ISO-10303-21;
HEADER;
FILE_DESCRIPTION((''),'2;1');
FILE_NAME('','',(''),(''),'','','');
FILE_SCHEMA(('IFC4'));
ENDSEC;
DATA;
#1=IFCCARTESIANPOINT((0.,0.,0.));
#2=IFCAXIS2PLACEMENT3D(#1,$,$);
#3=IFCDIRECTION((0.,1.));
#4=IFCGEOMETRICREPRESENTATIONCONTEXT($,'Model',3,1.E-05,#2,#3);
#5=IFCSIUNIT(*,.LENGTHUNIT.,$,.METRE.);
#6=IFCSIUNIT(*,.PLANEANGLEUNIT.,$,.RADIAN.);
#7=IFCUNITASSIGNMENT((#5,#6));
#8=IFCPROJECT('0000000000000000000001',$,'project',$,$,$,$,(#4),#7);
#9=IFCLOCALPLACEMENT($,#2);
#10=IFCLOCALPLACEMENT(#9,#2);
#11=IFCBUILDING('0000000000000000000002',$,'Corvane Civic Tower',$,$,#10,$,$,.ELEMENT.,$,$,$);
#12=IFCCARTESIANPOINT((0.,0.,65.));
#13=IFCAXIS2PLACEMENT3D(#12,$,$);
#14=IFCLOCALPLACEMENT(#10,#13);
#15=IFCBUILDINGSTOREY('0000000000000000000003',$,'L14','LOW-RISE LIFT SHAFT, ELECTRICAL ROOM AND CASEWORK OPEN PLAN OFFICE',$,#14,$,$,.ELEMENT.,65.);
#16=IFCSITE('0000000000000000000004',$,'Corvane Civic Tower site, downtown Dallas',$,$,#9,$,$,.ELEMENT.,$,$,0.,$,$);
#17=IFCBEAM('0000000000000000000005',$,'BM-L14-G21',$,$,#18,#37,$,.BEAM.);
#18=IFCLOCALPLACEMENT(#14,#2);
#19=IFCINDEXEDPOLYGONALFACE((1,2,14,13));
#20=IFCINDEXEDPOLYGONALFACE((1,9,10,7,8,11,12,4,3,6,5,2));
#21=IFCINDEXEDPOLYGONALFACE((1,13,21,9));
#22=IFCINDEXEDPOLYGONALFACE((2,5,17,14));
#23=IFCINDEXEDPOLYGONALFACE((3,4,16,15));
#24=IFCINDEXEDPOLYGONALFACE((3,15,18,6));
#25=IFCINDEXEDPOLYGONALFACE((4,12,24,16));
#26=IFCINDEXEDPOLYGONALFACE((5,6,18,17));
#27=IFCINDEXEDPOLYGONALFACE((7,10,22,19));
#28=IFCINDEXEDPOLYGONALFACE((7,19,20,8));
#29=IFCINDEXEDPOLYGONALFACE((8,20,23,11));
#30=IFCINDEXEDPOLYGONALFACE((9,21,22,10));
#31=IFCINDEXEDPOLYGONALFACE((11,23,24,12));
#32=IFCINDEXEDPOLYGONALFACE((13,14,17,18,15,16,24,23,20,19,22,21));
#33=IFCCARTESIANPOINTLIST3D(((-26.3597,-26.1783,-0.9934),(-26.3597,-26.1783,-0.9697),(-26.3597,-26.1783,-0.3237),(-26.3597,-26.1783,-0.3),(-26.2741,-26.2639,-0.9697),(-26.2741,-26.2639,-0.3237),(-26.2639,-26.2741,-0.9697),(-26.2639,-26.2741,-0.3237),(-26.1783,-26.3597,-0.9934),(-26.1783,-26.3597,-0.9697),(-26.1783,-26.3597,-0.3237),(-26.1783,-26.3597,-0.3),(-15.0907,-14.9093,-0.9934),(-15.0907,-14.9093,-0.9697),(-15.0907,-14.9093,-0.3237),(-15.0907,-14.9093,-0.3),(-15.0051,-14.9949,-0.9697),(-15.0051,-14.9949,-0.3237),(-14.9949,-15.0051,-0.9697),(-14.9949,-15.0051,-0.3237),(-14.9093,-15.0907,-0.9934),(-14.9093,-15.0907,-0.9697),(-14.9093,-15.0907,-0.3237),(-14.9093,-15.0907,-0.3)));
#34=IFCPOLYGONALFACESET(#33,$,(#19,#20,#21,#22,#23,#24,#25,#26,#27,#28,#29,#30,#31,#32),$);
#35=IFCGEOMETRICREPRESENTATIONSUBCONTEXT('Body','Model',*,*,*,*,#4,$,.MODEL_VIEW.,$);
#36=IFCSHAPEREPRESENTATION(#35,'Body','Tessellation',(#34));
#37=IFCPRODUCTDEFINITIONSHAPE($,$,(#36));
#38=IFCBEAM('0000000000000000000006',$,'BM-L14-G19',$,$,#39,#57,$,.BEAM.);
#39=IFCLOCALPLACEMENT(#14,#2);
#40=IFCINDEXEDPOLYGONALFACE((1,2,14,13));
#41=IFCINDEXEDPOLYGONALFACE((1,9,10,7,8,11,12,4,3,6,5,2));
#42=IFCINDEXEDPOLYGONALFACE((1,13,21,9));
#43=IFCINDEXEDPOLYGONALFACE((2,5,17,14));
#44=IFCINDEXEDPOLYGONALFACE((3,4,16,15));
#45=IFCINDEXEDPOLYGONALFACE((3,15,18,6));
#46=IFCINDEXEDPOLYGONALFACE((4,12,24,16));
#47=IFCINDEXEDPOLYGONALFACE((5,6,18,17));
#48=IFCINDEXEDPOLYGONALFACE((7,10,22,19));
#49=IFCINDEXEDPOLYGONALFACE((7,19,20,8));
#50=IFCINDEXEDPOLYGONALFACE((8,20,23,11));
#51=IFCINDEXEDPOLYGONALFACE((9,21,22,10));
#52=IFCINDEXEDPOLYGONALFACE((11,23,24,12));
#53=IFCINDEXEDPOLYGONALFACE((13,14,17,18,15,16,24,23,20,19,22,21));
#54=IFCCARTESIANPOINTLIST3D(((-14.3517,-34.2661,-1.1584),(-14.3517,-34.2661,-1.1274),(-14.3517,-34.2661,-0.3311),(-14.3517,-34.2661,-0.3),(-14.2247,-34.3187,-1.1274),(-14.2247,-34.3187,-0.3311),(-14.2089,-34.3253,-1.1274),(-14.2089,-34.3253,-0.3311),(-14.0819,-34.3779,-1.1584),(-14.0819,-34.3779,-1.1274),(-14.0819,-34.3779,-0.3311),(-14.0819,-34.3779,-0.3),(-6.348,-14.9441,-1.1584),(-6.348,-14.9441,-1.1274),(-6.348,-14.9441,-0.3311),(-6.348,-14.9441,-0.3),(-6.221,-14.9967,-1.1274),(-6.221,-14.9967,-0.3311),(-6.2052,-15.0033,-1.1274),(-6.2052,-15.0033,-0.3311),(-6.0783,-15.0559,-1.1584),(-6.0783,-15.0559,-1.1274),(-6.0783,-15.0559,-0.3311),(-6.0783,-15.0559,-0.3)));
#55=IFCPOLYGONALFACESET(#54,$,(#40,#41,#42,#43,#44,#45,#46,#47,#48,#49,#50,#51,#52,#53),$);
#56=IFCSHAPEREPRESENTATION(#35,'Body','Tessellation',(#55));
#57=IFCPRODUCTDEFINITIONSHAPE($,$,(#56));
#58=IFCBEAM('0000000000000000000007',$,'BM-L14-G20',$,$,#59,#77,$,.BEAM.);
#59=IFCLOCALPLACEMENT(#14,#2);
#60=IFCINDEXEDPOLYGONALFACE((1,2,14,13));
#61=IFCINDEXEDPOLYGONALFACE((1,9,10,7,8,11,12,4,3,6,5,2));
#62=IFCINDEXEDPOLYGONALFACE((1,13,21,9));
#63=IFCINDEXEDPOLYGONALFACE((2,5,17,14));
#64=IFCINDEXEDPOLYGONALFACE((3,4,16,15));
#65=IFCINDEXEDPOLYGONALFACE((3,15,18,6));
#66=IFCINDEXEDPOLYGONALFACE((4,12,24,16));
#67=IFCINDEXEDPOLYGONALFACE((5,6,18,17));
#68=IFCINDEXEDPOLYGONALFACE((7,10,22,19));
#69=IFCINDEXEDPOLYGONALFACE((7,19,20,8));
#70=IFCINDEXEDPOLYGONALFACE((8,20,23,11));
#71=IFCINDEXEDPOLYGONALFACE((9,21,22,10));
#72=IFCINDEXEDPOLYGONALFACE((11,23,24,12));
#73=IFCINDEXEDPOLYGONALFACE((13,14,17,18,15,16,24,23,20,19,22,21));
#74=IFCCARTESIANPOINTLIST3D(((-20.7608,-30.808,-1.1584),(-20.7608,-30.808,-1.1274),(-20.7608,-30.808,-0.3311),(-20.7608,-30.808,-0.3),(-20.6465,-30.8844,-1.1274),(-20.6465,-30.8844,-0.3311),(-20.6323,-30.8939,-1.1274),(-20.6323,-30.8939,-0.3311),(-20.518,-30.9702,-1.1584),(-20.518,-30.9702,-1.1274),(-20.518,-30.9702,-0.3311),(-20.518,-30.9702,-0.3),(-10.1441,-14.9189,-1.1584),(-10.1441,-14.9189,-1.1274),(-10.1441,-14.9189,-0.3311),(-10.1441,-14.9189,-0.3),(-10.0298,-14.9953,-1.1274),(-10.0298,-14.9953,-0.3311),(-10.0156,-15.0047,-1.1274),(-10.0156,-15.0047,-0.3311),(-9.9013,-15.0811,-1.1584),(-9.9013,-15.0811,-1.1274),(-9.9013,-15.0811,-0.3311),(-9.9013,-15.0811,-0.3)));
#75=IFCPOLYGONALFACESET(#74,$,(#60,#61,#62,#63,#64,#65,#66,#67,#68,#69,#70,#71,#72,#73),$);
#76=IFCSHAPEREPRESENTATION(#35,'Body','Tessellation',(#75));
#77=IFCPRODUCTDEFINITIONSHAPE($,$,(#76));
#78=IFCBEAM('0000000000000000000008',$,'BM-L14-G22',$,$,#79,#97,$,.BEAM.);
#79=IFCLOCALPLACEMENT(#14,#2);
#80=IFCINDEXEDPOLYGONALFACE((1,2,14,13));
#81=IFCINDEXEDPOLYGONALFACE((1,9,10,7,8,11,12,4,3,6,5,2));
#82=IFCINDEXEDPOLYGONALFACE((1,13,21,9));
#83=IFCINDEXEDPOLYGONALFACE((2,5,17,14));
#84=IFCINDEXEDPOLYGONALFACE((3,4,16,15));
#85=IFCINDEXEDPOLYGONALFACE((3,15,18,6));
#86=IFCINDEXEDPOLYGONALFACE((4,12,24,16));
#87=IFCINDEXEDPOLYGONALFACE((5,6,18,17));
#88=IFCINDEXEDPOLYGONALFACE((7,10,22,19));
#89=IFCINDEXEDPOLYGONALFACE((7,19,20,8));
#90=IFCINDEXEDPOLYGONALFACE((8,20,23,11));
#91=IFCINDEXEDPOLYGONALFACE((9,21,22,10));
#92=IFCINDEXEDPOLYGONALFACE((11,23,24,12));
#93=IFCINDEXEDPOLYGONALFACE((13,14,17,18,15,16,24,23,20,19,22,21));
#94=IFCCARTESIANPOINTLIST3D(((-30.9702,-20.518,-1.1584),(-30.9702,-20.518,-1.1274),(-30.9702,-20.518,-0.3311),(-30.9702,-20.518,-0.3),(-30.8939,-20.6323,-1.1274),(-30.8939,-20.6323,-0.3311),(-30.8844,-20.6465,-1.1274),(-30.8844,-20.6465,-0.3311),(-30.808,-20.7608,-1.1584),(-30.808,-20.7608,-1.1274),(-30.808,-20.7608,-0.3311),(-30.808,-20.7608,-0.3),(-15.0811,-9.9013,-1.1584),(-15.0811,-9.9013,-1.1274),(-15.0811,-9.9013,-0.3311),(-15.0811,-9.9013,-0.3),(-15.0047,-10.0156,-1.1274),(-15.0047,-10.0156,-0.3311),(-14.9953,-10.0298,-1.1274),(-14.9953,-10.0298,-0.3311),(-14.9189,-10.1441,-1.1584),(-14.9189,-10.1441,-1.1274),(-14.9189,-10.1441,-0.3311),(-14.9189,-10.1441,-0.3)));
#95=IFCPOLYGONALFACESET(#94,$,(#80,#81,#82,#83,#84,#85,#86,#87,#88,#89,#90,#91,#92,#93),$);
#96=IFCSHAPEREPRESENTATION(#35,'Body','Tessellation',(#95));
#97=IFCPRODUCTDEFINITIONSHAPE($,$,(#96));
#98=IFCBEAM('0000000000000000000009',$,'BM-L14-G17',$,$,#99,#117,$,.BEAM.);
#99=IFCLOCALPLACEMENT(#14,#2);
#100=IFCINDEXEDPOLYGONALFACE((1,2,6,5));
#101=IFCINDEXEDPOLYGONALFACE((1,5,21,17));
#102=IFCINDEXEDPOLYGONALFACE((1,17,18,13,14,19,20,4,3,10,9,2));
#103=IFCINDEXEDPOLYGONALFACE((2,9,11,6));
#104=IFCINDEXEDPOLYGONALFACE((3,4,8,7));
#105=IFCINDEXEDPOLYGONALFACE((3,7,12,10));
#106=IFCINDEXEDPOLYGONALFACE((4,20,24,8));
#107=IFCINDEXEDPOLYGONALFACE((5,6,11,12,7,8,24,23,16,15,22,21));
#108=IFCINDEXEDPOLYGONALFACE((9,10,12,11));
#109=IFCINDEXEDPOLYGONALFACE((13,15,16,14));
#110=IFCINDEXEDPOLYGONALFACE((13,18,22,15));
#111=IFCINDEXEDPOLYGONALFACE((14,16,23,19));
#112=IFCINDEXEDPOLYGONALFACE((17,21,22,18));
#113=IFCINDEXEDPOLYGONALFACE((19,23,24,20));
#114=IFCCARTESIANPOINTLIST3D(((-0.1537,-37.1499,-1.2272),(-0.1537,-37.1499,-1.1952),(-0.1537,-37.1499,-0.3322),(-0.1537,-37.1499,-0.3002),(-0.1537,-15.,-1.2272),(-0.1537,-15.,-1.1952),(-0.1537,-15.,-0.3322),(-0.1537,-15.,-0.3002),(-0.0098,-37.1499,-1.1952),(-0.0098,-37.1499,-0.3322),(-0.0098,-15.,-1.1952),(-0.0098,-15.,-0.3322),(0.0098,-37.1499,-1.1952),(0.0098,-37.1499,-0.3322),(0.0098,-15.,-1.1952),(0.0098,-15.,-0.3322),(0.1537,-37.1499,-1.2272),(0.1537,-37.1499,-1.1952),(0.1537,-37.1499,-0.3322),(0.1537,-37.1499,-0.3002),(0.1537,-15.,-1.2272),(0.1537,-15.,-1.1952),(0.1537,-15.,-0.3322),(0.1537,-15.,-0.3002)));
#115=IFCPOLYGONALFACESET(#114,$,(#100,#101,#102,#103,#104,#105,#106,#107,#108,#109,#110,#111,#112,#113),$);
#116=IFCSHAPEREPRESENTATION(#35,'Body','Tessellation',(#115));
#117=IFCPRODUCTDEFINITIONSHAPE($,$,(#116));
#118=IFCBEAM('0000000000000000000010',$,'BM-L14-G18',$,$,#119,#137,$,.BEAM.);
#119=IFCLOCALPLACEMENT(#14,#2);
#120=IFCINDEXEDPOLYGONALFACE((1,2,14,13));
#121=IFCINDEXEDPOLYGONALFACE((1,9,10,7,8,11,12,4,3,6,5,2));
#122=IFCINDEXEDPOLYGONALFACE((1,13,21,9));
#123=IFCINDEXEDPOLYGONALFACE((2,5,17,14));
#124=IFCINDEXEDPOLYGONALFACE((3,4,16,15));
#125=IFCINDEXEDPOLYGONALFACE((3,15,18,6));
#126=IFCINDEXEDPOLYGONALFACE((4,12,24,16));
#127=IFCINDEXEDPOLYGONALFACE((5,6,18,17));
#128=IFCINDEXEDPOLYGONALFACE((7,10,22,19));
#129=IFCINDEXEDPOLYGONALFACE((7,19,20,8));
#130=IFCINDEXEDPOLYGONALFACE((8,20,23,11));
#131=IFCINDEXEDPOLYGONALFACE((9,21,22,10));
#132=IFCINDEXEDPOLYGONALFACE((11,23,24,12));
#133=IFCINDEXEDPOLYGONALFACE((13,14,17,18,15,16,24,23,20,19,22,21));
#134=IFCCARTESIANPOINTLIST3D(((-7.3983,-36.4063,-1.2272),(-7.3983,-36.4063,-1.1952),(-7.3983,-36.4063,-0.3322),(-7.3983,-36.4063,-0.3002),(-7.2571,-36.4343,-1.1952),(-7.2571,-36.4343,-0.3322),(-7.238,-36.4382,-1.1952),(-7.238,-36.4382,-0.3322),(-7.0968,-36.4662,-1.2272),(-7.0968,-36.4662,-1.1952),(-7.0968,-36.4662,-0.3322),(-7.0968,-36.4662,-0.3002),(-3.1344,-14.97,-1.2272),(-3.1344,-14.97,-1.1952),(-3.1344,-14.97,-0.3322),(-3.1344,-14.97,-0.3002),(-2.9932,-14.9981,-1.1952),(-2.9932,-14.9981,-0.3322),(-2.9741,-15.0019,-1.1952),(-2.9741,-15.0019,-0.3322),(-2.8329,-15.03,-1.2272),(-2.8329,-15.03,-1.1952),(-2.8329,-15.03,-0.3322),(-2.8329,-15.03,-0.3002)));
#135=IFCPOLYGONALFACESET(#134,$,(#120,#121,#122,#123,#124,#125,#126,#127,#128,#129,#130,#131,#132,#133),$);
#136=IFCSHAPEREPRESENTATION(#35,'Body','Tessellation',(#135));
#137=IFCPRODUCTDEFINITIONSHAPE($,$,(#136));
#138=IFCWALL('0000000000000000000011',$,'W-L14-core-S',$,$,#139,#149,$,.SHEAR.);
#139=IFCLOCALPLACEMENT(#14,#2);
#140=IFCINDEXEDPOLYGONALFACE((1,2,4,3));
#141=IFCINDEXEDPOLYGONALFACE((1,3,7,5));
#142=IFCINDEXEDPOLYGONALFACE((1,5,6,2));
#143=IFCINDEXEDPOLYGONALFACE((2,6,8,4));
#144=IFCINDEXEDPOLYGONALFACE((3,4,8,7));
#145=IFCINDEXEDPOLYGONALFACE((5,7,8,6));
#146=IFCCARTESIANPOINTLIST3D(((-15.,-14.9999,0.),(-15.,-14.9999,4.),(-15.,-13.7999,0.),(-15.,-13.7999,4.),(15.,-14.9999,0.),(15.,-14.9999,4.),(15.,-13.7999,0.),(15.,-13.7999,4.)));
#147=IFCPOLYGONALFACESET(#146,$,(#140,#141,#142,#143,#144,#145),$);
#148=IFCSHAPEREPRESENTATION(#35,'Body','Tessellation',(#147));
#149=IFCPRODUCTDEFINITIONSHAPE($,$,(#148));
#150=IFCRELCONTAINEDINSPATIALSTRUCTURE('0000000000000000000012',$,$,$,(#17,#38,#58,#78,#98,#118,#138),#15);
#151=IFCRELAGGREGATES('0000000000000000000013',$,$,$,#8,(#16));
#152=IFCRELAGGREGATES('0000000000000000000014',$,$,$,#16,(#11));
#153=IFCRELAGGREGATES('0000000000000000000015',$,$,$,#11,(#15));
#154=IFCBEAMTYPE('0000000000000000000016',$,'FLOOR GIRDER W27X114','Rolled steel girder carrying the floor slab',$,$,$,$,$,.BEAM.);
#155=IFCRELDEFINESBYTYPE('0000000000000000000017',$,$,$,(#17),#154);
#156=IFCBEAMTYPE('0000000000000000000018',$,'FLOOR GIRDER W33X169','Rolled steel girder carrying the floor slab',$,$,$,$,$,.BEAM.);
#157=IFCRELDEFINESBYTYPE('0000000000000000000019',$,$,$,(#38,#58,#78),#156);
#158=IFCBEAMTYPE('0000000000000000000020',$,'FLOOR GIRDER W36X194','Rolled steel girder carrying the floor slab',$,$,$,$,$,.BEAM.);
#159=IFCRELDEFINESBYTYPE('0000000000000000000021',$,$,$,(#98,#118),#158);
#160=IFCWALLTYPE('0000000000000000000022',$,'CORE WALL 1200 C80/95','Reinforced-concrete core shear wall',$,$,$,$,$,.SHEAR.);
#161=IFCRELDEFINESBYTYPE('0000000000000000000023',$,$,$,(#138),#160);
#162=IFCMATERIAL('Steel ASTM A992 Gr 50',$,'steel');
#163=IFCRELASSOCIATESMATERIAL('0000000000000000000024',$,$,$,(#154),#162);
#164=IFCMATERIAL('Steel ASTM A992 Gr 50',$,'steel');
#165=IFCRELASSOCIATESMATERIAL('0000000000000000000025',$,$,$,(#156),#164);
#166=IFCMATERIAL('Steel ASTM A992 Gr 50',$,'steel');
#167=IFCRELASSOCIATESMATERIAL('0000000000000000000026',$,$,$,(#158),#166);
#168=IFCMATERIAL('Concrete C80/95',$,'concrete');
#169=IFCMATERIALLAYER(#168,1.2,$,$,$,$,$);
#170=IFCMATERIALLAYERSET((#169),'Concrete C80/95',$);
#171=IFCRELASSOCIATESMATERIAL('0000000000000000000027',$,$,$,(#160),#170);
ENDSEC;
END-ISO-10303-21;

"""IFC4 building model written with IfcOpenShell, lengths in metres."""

from ifc_helpers import new_model, si_unit, direction, frame, frame_2d, origin, origin_2d, place, context, subcontext, project, spatial, rectangle, i_section, extrude, material, layer, layer_set, material_profile, profile_set, type_object, element, save


model = new_model("IFC4")

# Units and contexts
model_context = context("Model", 3, precision=1e-05, world=origin(), true_north=direction((0.0, 1.0)))
body_context = subcontext(model_context, "Body", "Model", "MODEL_VIEW")
ifc_project = project(units=[si_unit("LENGTHUNIT", "METRE"), si_unit("PLANEANGLEUNIT", "RADIAN")], contexts=[model_context])

# Site, building, storey
site_placement = place(None, origin())
site = spatial("IfcSite", under=ifc_project, at=site_placement, Name="Corvane Civic Tower site, downtown Dallas", CompositionType="ELEMENT", RefElevation=0.0)
building_placement = place(site_placement, origin())
building = spatial("IfcBuilding", under=site, at=building_placement, Name="Corvane Civic Tower", CompositionType="ELEMENT")
storey_placement = place(building_placement, frame((0.0, 0.0, 65.0)))
storey = spatial("IfcBuildingStorey", under=building, at=storey_placement, Name="L14", Description="LOW-RISE LIFT SHAFT, ELECTRICAL ROOM AND CASEWORK OPEN PLAN OFFICE", CompositionType="ELEMENT", Elevation=65.0)

# Beams
ifc_material_1 = material(Name="Steel ASTM A992 Gr 50", Category="steel")
ifc_material_profile_1 = material_profile(ifc_material_1, i_section(OverallWidth=0.2566, OverallDepth=0.6934, WebThickness=0.0144, FlangeThickness=0.0237, at=origin_2d()), Name="W27X114")
ifc_profile_set_1 = profile_set([ifc_material_profile_1], Name="Steel ASTM A992 Gr 50")
beam_type_1 = type_object("IfcBeamType", Name="FLOOR GIRDER W27X114", Description="Rolled steel girder carrying the floor slab", PredefinedType="BEAM", material=ifc_profile_set_1)
beam_1_placement = place(storey_placement, frame((-15.0, -15.0, -0.6467), z_axis=(-0.707107, -0.707107, 0.0), x_axis=(0.707107, -0.707107, 0.0)))
element("IfcBeam", 1, at=beam_1_placement, inside=storey, type_object=beam_type_1, Name="BM-L14-G21", PredefinedType="BEAM", context=body_context, shape_type="SweptSolid", body=[
    extrude(i_section(OverallWidth=0.2566, OverallDepth=0.6934, WebThickness=0.0144, FlangeThickness=0.0237, at=origin_2d()), origin(), (0.0, 0.0, 1.0), 15.9368),
])
ifc_material_2 = material(Name="Steel ASTM A992 Gr 50", Category="steel")
ifc_material_profile_2 = material_profile(ifc_material_2, i_section(OverallWidth=0.292, OverallDepth=0.8584, WebThickness=0.0171, FlangeThickness=0.031, at=origin_2d()), Name="W33X169")
ifc_profile_set_2 = profile_set([ifc_material_profile_2], Name="Steel ASTM A992 Gr 50")
beam_type_2 = type_object("IfcBeamType", Name="FLOOR GIRDER W33X169", Description="Rolled steel girder carrying the floor slab", PredefinedType="BEAM", material=ifc_profile_set_2)
beam_2_placement = place(storey_placement, frame((-6.2131, -15.0, -0.7292), z_axis=(-0.382692, -0.923876, 0.0), x_axis=(0.923876, -0.382692, 0.0)))
element("IfcBeam", 2, at=beam_2_placement, inside=storey, type_object=beam_type_2, Name="BM-L14-G19", PredefinedType="BEAM", context=body_context, shape_type="SweptSolid", body=[
    extrude(i_section(OverallWidth=0.292, OverallDepth=0.8584, WebThickness=0.0171, FlangeThickness=0.031, at=origin_2d()), origin(), (0.0, 0.0, 1.0), 20.9141),
])
for number, where, z_axis, x_axis, name in (
    (3, (-10.0227, -15.0, -0.7292), (-0.555567, -0.831472, 0.0), (0.831472, -0.555567, 0.0), "BM-L14-G20"),
    (4, (-15.0, -10.0227, -0.7292), (-0.831472, -0.555567, 0.0), (0.555567, -0.831472, 0.0), "BM-L14-G22"),
):
    element("IfcBeam", number, at=place(storey_placement, frame(where, z_axis=z_axis, x_axis=x_axis)), inside=storey, type_object=beam_type_2, Name=name, PredefinedType="BEAM", context=body_context, shape_type="SweptSolid", body=[
        extrude(i_section(OverallWidth=0.292, OverallDepth=0.8584, WebThickness=0.0171, FlangeThickness=0.031, at=origin_2d()), origin(), (0.0, 0.0, 1.0), 19.1096),
    ])
ifc_material_3 = material(Name="Steel ASTM A992 Gr 50", Category="steel")
ifc_material_profile_3 = material_profile(ifc_material_3, i_section(OverallWidth=0.3074, OverallDepth=0.927, WebThickness=0.0195, FlangeThickness=0.032, at=origin_2d()), Name="W36X194")
ifc_profile_set_3 = profile_set([ifc_material_profile_3], Name="Steel ASTM A992 Gr 50")
beam_type_3 = type_object("IfcBeamType", Name="FLOOR GIRDER W36X194", Description="Rolled steel girder carrying the floor slab", PredefinedType="BEAM", material=ifc_profile_set_3)
beam_3_placement = place(storey_placement, frame((0.0, -15.0, -0.7637), z_axis=(0.0, -1.0, 0.0), x_axis=(1.0, 0.0, 0.0)))
element("IfcBeam", 5, at=beam_3_placement, inside=storey, type_object=beam_type_3, Name="BM-L14-G17", PredefinedType="BEAM", context=body_context, shape_type="SweptSolid", body=[
    extrude(i_section(OverallWidth=0.3074, OverallDepth=0.927, WebThickness=0.0195, FlangeThickness=0.032, at=origin_2d()), origin(), (0.0, 0.0, 1.0), 22.1499),
])
beam_4_placement = place(storey_placement, frame((-2.9836, -15.0, -0.7637), z_axis=(-0.195089, -0.980785, 0.0), x_axis=(0.980785, -0.195089, 0.0)))
element("IfcBeam", 6, at=beam_4_placement, inside=storey, type_object=beam_type_3, Name="BM-L14-G18", PredefinedType="BEAM", context=body_context, shape_type="SweptSolid", body=[
    extrude(i_section(OverallWidth=0.3074, OverallDepth=0.927, WebThickness=0.0195, FlangeThickness=0.032, at=origin_2d()), origin(), (0.0, 0.0, 1.0), 21.8562),
])

# Wall
ifc_material_4 = material(Name="Concrete C80/95", Category="concrete")
ifc_layer_1 = layer(ifc_material_4, 1.2)
ifc_layer_set_1 = layer_set([ifc_layer_1], Name="Concrete C80/95")
wall_type_1 = type_object("IfcWallType", Name="CORE WALL 1200 C80/95", Description="Reinforced-concrete core shear wall", PredefinedType="SHEAR", material=ifc_layer_set_1)
wall_1_placement = place(storey_placement, frame((-15.0, -14.3999, 0.0), z_axis=(0.0, 0.0, 1.0), x_axis=(1.0, 0.0, 0.0)))
element("IfcWall", 7, at=wall_1_placement, inside=storey, type_object=wall_type_1, Name="W-L14-core-S", PredefinedType="SHEAR", context=body_context, shape_type="SweptSolid", body=[
    extrude(rectangle(XDim=30.0, YDim=1.2, at=frame_2d((15.0, 0.0))), origin(), (0.0, 0.0, 1.0), 4.0),
])

save(model, "model.ifc")
